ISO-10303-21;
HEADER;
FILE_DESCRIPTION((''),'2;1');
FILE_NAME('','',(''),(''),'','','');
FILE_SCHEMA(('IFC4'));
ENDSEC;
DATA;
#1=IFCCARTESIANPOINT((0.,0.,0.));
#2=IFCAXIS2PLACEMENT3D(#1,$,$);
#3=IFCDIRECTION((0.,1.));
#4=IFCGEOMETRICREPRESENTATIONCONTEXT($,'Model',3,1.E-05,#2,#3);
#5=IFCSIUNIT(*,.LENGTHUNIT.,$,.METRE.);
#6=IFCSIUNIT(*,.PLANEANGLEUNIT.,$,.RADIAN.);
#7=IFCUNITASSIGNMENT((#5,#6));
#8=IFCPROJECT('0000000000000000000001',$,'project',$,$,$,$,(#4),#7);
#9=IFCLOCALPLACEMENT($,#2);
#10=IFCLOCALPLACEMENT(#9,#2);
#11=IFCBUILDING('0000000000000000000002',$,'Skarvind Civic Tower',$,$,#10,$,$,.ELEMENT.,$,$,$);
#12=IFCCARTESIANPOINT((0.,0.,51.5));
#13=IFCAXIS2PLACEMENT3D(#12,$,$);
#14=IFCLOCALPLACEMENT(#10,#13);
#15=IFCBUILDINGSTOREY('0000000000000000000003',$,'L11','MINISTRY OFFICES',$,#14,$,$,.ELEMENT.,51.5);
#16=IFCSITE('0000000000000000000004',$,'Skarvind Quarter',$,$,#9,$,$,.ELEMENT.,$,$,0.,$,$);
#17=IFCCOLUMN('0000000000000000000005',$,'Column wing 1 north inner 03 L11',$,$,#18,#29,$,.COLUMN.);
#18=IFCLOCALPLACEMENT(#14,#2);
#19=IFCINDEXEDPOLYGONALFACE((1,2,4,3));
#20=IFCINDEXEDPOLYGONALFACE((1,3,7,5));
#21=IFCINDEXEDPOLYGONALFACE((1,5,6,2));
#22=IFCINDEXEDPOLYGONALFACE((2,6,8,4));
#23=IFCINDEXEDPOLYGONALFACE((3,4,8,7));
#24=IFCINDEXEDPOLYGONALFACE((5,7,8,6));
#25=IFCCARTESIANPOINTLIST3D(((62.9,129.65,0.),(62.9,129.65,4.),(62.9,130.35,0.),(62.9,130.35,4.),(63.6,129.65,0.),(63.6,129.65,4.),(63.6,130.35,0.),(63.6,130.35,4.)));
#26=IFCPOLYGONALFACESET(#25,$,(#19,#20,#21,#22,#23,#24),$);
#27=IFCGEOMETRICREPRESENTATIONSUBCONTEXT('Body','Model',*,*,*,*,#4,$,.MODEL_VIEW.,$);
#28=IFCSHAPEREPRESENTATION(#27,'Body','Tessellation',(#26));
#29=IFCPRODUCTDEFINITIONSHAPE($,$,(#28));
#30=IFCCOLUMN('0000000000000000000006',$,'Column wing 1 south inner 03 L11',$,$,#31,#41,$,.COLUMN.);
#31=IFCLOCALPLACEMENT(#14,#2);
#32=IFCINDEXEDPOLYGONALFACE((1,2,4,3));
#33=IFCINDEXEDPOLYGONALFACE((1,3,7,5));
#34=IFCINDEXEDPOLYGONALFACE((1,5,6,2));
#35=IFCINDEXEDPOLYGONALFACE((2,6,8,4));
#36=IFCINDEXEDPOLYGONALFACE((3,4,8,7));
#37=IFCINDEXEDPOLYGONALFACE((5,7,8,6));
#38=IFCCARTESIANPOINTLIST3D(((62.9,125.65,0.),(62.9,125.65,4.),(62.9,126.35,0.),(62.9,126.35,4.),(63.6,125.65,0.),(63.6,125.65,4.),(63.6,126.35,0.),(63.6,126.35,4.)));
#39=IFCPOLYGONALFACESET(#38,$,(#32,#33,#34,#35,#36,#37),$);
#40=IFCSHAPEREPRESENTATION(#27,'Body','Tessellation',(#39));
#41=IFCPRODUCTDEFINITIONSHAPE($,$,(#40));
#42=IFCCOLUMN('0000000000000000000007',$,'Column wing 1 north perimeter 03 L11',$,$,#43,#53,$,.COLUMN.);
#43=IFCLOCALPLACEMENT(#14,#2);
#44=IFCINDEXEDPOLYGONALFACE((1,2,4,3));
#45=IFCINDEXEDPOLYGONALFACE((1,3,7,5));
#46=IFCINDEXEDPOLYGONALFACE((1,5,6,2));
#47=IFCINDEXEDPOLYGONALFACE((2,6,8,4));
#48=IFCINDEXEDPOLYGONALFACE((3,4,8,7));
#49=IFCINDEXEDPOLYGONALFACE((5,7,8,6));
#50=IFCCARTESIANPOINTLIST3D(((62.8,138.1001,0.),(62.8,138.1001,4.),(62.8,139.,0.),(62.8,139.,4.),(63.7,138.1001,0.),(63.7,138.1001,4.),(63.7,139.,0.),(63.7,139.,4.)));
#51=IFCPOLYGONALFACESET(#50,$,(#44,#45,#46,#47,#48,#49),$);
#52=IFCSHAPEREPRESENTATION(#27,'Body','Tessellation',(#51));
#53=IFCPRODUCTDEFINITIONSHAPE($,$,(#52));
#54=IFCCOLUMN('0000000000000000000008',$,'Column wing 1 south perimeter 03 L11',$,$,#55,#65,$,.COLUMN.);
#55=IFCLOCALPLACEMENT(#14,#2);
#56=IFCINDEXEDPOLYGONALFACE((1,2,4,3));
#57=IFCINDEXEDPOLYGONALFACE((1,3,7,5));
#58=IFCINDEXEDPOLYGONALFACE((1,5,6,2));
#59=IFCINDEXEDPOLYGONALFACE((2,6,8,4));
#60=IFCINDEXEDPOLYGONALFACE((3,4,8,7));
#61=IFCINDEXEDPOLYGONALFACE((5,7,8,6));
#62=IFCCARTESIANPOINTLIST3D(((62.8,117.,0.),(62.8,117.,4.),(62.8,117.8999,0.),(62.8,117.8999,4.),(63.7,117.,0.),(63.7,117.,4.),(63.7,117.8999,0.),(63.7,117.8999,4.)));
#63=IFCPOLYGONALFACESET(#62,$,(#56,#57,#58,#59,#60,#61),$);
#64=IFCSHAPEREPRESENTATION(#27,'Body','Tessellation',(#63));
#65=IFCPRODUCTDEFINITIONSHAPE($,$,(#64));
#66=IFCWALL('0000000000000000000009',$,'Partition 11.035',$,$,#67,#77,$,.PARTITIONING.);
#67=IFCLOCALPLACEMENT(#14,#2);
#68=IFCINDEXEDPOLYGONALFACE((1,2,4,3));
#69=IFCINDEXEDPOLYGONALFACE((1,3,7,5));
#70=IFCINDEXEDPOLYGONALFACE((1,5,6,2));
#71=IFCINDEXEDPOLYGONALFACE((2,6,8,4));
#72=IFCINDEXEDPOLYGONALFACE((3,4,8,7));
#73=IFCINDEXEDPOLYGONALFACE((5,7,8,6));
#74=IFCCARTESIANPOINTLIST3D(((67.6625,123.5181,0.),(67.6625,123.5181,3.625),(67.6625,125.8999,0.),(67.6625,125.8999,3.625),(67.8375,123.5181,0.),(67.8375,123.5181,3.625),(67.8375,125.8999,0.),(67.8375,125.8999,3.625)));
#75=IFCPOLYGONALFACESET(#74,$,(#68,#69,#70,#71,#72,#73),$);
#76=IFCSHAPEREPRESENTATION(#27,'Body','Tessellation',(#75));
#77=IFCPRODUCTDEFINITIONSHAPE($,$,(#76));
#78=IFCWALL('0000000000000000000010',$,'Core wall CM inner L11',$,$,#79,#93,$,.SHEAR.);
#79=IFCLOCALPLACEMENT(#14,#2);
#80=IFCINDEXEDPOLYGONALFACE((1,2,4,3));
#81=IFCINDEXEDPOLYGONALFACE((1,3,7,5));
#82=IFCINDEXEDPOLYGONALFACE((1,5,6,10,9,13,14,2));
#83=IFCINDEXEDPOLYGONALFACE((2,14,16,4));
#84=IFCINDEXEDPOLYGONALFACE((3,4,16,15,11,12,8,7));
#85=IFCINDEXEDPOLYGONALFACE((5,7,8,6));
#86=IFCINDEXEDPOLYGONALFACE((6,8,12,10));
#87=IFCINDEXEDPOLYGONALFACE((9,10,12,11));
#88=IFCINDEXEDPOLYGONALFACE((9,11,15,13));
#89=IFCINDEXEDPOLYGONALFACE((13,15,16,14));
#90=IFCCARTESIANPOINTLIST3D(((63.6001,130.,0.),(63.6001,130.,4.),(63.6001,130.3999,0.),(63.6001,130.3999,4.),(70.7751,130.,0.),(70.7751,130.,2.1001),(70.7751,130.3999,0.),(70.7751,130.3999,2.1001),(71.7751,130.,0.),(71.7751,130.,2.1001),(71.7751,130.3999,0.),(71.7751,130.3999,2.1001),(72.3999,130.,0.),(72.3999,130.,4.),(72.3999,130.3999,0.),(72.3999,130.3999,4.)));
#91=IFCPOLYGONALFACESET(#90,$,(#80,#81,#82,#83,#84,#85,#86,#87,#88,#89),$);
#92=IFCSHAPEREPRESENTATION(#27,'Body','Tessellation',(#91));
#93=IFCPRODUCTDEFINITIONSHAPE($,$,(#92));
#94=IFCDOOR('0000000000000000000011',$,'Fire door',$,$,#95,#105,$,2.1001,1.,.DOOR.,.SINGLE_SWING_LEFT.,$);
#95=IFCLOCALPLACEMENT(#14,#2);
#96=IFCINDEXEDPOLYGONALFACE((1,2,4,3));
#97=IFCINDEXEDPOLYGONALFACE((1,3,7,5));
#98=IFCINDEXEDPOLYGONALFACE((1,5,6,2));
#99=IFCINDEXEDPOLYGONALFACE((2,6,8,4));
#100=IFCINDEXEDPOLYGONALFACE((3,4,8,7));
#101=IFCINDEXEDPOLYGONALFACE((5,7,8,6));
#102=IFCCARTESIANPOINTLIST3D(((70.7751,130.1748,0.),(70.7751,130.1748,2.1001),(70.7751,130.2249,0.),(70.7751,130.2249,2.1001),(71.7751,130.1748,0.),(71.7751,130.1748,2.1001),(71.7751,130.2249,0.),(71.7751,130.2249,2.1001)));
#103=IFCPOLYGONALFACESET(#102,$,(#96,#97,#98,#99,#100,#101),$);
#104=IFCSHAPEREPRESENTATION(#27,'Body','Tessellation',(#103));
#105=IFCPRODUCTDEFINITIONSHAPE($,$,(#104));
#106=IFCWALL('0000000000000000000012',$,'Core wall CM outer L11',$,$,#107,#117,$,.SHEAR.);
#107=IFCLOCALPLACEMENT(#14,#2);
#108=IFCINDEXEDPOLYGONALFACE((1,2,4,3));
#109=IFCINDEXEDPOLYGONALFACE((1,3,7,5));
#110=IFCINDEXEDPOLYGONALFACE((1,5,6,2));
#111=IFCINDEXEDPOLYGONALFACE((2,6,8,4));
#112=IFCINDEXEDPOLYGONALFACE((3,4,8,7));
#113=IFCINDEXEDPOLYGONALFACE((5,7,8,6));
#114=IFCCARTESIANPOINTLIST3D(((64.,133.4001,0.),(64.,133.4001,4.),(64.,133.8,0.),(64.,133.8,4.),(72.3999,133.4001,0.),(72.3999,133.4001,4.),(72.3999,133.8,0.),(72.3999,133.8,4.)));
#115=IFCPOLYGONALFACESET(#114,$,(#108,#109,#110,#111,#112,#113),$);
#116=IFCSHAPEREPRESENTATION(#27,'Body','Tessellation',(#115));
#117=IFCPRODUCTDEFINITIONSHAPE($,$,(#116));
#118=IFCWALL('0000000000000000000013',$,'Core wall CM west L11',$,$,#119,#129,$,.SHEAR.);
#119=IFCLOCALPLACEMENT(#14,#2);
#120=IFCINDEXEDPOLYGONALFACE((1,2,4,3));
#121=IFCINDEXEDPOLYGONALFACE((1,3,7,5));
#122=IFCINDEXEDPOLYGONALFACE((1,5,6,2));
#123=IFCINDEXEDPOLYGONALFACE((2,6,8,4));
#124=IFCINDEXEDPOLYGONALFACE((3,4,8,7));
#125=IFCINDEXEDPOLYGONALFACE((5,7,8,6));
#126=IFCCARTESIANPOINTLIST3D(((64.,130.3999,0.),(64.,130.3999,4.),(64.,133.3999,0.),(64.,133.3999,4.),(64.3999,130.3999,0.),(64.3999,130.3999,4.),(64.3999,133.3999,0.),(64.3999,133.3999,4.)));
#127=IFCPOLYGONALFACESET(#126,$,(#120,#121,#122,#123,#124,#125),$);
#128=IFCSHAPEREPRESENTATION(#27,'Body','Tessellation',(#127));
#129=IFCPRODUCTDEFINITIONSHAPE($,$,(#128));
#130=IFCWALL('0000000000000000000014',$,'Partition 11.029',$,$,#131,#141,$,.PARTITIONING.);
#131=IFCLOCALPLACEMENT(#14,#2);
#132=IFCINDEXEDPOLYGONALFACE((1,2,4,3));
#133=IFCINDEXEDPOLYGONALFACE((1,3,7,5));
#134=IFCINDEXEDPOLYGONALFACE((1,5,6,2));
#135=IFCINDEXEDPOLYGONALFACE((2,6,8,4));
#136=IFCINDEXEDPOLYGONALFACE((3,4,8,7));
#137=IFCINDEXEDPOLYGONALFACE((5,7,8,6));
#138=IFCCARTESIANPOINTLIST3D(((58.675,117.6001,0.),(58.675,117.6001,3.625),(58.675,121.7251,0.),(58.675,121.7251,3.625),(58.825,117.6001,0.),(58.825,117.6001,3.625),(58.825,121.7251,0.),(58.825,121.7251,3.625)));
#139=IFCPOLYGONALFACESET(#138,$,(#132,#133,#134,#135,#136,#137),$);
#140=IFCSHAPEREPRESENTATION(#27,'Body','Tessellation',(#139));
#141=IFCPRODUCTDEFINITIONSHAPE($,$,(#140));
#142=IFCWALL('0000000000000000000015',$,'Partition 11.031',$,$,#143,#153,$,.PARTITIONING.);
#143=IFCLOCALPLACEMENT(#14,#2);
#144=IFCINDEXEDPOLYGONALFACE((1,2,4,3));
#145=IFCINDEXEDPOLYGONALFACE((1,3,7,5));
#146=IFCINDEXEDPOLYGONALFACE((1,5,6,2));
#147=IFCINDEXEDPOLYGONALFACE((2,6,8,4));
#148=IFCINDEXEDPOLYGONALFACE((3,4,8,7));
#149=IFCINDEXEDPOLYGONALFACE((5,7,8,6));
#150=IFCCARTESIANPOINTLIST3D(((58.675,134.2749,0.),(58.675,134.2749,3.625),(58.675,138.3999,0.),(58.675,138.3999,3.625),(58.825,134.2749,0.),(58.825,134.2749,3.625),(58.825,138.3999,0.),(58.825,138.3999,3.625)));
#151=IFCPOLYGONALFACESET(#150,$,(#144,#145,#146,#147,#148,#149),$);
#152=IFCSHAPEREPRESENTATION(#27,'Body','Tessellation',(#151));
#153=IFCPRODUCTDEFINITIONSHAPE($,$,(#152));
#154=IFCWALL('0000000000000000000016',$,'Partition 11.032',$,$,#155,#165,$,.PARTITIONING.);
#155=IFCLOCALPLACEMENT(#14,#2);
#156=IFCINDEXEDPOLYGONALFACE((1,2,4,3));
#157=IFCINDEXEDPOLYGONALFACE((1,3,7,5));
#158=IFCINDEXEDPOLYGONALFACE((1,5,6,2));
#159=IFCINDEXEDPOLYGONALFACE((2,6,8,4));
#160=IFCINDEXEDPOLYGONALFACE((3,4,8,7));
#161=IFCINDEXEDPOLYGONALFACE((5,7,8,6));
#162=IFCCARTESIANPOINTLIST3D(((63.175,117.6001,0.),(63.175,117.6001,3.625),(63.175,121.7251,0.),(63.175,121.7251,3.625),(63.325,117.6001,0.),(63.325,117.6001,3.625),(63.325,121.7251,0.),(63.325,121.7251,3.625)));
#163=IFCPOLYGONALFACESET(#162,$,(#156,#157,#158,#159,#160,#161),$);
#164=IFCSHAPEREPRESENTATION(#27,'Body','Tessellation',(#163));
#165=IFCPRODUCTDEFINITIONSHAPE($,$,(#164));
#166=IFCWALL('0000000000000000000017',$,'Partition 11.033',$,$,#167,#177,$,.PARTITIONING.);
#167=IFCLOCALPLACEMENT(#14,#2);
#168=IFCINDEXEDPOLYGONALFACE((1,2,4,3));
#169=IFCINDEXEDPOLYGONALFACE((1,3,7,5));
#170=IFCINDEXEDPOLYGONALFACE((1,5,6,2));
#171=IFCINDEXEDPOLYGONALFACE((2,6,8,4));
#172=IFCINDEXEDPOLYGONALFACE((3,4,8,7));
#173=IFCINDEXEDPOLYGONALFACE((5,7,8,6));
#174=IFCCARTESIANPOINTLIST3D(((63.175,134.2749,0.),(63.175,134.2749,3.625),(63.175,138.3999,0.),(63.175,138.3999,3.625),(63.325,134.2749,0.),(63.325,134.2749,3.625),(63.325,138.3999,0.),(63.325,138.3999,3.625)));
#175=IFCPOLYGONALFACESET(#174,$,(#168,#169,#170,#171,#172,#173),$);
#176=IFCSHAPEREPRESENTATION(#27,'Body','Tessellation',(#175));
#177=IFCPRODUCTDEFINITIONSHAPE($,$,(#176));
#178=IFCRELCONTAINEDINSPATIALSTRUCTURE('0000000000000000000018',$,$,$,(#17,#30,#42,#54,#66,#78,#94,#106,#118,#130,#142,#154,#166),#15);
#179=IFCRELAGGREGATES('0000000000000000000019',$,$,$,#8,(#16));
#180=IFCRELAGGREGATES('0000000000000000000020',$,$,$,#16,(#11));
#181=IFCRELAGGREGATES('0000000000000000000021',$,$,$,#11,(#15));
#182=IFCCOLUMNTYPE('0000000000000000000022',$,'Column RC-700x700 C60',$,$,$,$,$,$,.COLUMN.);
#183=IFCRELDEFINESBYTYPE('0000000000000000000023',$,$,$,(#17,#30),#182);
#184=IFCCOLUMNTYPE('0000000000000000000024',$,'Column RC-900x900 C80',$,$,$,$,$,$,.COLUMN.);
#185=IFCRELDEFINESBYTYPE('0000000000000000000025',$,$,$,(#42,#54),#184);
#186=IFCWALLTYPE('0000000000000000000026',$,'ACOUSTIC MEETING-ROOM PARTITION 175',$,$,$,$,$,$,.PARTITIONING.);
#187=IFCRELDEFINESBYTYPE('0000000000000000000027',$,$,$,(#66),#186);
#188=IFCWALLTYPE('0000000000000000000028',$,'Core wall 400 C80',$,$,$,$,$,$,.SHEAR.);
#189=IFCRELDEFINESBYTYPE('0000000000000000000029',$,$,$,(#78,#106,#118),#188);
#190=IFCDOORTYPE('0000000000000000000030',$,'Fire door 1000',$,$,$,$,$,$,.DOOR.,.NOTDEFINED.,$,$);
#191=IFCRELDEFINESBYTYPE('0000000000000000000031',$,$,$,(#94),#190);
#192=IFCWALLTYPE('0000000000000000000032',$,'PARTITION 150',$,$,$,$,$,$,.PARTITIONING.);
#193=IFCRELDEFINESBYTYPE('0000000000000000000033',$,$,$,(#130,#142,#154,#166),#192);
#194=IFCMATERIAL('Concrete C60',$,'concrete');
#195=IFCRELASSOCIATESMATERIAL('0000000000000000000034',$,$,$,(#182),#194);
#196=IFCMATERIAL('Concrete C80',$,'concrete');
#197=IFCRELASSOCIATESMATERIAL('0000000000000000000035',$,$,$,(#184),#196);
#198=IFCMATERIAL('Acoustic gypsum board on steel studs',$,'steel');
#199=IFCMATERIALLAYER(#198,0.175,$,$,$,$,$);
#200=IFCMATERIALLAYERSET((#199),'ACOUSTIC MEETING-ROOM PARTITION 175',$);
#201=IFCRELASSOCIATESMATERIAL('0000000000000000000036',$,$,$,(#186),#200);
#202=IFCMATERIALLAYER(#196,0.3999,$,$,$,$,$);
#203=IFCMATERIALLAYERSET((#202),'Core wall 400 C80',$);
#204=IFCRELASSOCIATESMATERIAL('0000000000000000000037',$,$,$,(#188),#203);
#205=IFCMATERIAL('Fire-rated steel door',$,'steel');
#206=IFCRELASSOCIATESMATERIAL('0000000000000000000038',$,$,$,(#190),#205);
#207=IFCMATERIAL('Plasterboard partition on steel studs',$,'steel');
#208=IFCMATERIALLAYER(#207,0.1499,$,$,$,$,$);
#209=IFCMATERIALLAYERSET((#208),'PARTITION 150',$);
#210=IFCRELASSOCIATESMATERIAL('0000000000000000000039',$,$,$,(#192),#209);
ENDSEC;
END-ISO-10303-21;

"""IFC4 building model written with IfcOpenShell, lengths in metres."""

from ifc_helpers import new_model, si_unit, direction, frame, frame_2d, origin, origin_2d, place, context, subcontext, project, spatial, rectangle, extrude, material, layer, layer_set, material_profile, profile_set, type_object, element, fill, save


model = new_model("IFC4")

# Units and contexts
model_context = context("Model", 3, precision=1e-05, world=origin(), true_north=direction((0.0, 1.0)))
body_context = subcontext(model_context, "Body", "Model", "MODEL_VIEW")
ifc_project = project(units=[si_unit("LENGTHUNIT", "METRE"), si_unit("PLANEANGLEUNIT", "RADIAN")], contexts=[model_context])

# Site, building, storey
site_placement = place(None, origin())
site = spatial("IfcSite", under=ifc_project, at=site_placement, Name="Skarvind Quarter", CompositionType="ELEMENT", RefElevation=0.0)
building_placement = place(site_placement, origin())
building = spatial("IfcBuilding", under=site, at=building_placement, Name="Skarvind Civic Tower", CompositionType="ELEMENT")
storey_placement = place(building_placement, frame((0.0, 0.0, 51.5)))
storey = spatial("IfcBuildingStorey", under=building, at=storey_placement, Name="L11", Description="MINISTRY OFFICES", CompositionType="ELEMENT", Elevation=51.5)

# Columns
ifc_material_1 = material(Name="Concrete C60", Category="concrete")
ifc_material_profile_1 = material_profile(ifc_material_1, rectangle(XDim=0.7, YDim=0.7, at=origin_2d()), Name="RC-700x700")
ifc_profile_set_1 = profile_set([ifc_material_profile_1], Name="Concrete C60")
column_type_1 = type_object("IfcColumnType", Name="Column RC-700x700 C60", PredefinedType="COLUMN", material=ifc_profile_set_1)
for number, where, z_axis, x_axis, name in (
    (1, (63.25, 130.0, 0.0), (0.0, 0.0, 1.0), (1.0, 0.0, 0.0), "Column wing 1 north inner 03 L11"),
    (2, (63.25, 126.0, 0.0), (0.0, 0.0, 1.0), (1.0, 0.0, 0.0), "Column wing 1 south inner 03 L11"),
):
    element("IfcColumn", number, at=place(storey_placement, frame(where, z_axis=z_axis, x_axis=x_axis)), inside=storey, type_object=column_type_1, Name=name, PredefinedType="COLUMN", context=body_context, shape_type="SweptSolid", body=[
        extrude(rectangle(XDim=0.7, YDim=0.7, at=origin_2d()), origin(), (0.0, 0.0, 1.0), 4.0),
    ])
ifc_material_2 = material(Name="Concrete C80", Category="concrete")
ifc_material_profile_2 = material_profile(ifc_material_2, rectangle(XDim=0.8999, YDim=0.8999, at=origin_2d()), Name="RC-900x900")
ifc_profile_set_2 = profile_set([ifc_material_profile_2], Name="Concrete C80")
column_type_2 = type_object("IfcColumnType", Name="Column RC-900x900 C80", PredefinedType="COLUMN", material=ifc_profile_set_2)
for number, where, z_axis, x_axis, name in (
    (3, (63.25, 138.55, 0.0), (0.0, 0.0, 1.0), (1.0, 0.0, 0.0), "Column wing 1 north perimeter 03 L11"),
    (4, (63.25, 117.45, 0.0), (0.0, 0.0, 1.0), (1.0, 0.0, 0.0), "Column wing 1 south perimeter 03 L11"),
):
    element("IfcColumn", number, at=place(storey_placement, frame(where, z_axis=z_axis, x_axis=x_axis)), inside=storey, type_object=column_type_2, Name=name, PredefinedType="COLUMN", context=body_context, shape_type="SweptSolid", body=[
        extrude(rectangle(XDim=0.8999, YDim=0.8999, at=origin_2d()), origin(), (0.0, 0.0, 1.0), 4.0),
    ])

# Wall
ifc_material_3 = material(Name="Acoustic gypsum board on steel studs", Category="steel")
ifc_layer_1 = layer(ifc_material_3, 0.175)
ifc_layer_set_1 = layer_set([ifc_layer_1], Name="ACOUSTIC MEETING-ROOM PARTITION 175")
wall_type_1 = type_object("IfcWallType", Name="ACOUSTIC MEETING-ROOM PARTITION 175", PredefinedType="PARTITIONING", material=ifc_layer_set_1)
wall_1_placement = place(storey_placement, frame((67.75, 123.5181, 0.0), z_axis=(0.0, 0.0, 1.0), x_axis=(0.0, 1.0, 0.0)))
element("IfcWall", 5, at=wall_1_placement, inside=storey, type_object=wall_type_1, Name="Partition 11.035", PredefinedType="PARTITIONING", context=body_context, shape_type="SweptSolid", body=[
    extrude(rectangle(XDim=2.3818, YDim=0.175, at=frame_2d((1.1909, 0.0))), origin(), (0.0, 0.0, 1.0), 3.625),
])

# Wall, opening, door
ifc_layer_2 = layer(ifc_material_2, 0.3999)
ifc_layer_set_2 = layer_set([ifc_layer_2], Name="Core wall 400 C80")
wall_type_2 = type_object("IfcWallType", Name="Core wall 400 C80", PredefinedType="SHEAR", material=ifc_layer_set_2)
wall_2_placement = place(storey_placement, frame((63.6001, 130.2, 0.0), z_axis=(0.0, 0.0, 1.0), x_axis=(1.0, 0.0, 0.0)))
wall_2 = element("IfcWall", 6, at=wall_2_placement, inside=storey, type_object=wall_type_2, Name="Core wall CM inner L11", PredefinedType="SHEAR", context=body_context, shape_type="SweptSolid", body=[
    extrude(rectangle(XDim=8.7998, YDim=0.3999, at=frame_2d((4.3999, 0.0))), origin(), (0.0, 0.0, 1.0), 4.0),
])
opening_1_placement = place(wall_2_placement, frame((7.175, 0.0, 0.0)))
opening_1 = element("IfcOpeningElement", 7, at=opening_1_placement, cuts=wall_2, PredefinedType="OPENING", context=body_context, shape_type="SweptSolid", body=[
    extrude(rectangle(XDim=1.0, YDim=2.1001, at=frame_2d((0.5, 1.05))), frame((0.0, 0.21, 0.0), z_axis=(0.0, -1.0, 0.0), x_axis=(1.0, 0.0, 0.0)), (0.0, 0.0, 1.0), 0.4199),
])
ifc_material_4 = material(Name="Fire-rated steel door", Category="steel")
door_type_1 = type_object("IfcDoorType", Name="Fire door 1000", OperationType="NOTDEFINED", PredefinedType="DOOR", material=ifc_material_4)
door_1_placement = place(opening_1_placement, origin())
door_1 = element("IfcDoor", 8, at=door_1_placement, inside=storey, type_object=door_type_1, Name="Fire door", OperationType="SINGLE_SWING_LEFT", OverallHeight=2.1001, OverallWidth=1.0, PredefinedType="DOOR", context=body_context, shape_type="SweptSolid", body=[
    extrude(rectangle(XDim=1.0, YDim=2.1001, at=frame_2d((0.5, 1.05))), frame((0.0, 0.0249, 0.0), z_axis=(0.0, -1.0, 0.0), x_axis=(1.0, 0.0, 0.0)), (0.0, 0.0, 1.0), 0.05),
])
fill(opening_1, door_1)

# Walls
wall_3_placement = place(storey_placement, frame((64.0, 133.6001, 0.0), z_axis=(0.0, 0.0, 1.0), x_axis=(1.0, 0.0, 0.0)))
element("IfcWall", 9, at=wall_3_placement, inside=storey, type_object=wall_type_2, Name="Core wall CM outer L11", PredefinedType="SHEAR", context=body_context, shape_type="SweptSolid", body=[
    extrude(rectangle(XDim=8.3999, YDim=0.3999, at=frame_2d((4.2, 0.0))), origin(), (0.0, 0.0, 1.0), 4.0),
])
wall_4_placement = place(storey_placement, frame((64.2, 130.3999, 0.0), z_axis=(0.0, 0.0, 1.0), x_axis=(0.0, 1.0, 0.0)))
element("IfcWall", 10, at=wall_4_placement, inside=storey, type_object=wall_type_2, Name="Core wall CM west L11", PredefinedType="SHEAR", context=body_context, shape_type="SweptSolid", body=[
    extrude(rectangle(XDim=3.0, YDim=0.3999, at=frame_2d((1.5, 0.0))), origin(), (0.0, 0.0, 1.0), 4.0),
])
ifc_material_5 = material(Name="Plasterboard partition on steel studs", Category="steel")
ifc_layer_3 = layer(ifc_material_5, 0.1499)
ifc_layer_set_3 = layer_set([ifc_layer_3], Name="PARTITION 150")
wall_type_3 = type_object("IfcWallType", Name="PARTITION 150", PredefinedType="PARTITIONING", material=ifc_layer_set_3)
for number, where, z_axis, x_axis, name in (
    (11, (58.75, 117.6001, 0.0), (0.0, 0.0, 1.0), (0.0, 1.0, 0.0), "Partition 11.029"),
    (12, (58.75, 134.2749, 0.0), (0.0, 0.0, 1.0), (0.0, 1.0, 0.0), "Partition 11.031"),
    (13, (63.25, 117.6001, 0.0), (0.0, 0.0, 1.0), (0.0, 1.0, 0.0), "Partition 11.032"),
    (14, (63.25, 134.2749, 0.0), (0.0, 0.0, 1.0), (0.0, 1.0, 0.0), "Partition 11.033"),
):
    element("IfcWall", number, at=place(storey_placement, frame(where, z_axis=z_axis, x_axis=x_axis)), inside=storey, type_object=wall_type_3, Name=name, PredefinedType="PARTITIONING", context=body_context, shape_type="SweptSolid", body=[
        extrude(rectangle(XDim=4.125, YDim=0.1499, at=frame_2d((2.0625, 0.0))), origin(), (0.0, 0.0, 1.0), 3.625),
    ])

save(model, "model.ifc")
